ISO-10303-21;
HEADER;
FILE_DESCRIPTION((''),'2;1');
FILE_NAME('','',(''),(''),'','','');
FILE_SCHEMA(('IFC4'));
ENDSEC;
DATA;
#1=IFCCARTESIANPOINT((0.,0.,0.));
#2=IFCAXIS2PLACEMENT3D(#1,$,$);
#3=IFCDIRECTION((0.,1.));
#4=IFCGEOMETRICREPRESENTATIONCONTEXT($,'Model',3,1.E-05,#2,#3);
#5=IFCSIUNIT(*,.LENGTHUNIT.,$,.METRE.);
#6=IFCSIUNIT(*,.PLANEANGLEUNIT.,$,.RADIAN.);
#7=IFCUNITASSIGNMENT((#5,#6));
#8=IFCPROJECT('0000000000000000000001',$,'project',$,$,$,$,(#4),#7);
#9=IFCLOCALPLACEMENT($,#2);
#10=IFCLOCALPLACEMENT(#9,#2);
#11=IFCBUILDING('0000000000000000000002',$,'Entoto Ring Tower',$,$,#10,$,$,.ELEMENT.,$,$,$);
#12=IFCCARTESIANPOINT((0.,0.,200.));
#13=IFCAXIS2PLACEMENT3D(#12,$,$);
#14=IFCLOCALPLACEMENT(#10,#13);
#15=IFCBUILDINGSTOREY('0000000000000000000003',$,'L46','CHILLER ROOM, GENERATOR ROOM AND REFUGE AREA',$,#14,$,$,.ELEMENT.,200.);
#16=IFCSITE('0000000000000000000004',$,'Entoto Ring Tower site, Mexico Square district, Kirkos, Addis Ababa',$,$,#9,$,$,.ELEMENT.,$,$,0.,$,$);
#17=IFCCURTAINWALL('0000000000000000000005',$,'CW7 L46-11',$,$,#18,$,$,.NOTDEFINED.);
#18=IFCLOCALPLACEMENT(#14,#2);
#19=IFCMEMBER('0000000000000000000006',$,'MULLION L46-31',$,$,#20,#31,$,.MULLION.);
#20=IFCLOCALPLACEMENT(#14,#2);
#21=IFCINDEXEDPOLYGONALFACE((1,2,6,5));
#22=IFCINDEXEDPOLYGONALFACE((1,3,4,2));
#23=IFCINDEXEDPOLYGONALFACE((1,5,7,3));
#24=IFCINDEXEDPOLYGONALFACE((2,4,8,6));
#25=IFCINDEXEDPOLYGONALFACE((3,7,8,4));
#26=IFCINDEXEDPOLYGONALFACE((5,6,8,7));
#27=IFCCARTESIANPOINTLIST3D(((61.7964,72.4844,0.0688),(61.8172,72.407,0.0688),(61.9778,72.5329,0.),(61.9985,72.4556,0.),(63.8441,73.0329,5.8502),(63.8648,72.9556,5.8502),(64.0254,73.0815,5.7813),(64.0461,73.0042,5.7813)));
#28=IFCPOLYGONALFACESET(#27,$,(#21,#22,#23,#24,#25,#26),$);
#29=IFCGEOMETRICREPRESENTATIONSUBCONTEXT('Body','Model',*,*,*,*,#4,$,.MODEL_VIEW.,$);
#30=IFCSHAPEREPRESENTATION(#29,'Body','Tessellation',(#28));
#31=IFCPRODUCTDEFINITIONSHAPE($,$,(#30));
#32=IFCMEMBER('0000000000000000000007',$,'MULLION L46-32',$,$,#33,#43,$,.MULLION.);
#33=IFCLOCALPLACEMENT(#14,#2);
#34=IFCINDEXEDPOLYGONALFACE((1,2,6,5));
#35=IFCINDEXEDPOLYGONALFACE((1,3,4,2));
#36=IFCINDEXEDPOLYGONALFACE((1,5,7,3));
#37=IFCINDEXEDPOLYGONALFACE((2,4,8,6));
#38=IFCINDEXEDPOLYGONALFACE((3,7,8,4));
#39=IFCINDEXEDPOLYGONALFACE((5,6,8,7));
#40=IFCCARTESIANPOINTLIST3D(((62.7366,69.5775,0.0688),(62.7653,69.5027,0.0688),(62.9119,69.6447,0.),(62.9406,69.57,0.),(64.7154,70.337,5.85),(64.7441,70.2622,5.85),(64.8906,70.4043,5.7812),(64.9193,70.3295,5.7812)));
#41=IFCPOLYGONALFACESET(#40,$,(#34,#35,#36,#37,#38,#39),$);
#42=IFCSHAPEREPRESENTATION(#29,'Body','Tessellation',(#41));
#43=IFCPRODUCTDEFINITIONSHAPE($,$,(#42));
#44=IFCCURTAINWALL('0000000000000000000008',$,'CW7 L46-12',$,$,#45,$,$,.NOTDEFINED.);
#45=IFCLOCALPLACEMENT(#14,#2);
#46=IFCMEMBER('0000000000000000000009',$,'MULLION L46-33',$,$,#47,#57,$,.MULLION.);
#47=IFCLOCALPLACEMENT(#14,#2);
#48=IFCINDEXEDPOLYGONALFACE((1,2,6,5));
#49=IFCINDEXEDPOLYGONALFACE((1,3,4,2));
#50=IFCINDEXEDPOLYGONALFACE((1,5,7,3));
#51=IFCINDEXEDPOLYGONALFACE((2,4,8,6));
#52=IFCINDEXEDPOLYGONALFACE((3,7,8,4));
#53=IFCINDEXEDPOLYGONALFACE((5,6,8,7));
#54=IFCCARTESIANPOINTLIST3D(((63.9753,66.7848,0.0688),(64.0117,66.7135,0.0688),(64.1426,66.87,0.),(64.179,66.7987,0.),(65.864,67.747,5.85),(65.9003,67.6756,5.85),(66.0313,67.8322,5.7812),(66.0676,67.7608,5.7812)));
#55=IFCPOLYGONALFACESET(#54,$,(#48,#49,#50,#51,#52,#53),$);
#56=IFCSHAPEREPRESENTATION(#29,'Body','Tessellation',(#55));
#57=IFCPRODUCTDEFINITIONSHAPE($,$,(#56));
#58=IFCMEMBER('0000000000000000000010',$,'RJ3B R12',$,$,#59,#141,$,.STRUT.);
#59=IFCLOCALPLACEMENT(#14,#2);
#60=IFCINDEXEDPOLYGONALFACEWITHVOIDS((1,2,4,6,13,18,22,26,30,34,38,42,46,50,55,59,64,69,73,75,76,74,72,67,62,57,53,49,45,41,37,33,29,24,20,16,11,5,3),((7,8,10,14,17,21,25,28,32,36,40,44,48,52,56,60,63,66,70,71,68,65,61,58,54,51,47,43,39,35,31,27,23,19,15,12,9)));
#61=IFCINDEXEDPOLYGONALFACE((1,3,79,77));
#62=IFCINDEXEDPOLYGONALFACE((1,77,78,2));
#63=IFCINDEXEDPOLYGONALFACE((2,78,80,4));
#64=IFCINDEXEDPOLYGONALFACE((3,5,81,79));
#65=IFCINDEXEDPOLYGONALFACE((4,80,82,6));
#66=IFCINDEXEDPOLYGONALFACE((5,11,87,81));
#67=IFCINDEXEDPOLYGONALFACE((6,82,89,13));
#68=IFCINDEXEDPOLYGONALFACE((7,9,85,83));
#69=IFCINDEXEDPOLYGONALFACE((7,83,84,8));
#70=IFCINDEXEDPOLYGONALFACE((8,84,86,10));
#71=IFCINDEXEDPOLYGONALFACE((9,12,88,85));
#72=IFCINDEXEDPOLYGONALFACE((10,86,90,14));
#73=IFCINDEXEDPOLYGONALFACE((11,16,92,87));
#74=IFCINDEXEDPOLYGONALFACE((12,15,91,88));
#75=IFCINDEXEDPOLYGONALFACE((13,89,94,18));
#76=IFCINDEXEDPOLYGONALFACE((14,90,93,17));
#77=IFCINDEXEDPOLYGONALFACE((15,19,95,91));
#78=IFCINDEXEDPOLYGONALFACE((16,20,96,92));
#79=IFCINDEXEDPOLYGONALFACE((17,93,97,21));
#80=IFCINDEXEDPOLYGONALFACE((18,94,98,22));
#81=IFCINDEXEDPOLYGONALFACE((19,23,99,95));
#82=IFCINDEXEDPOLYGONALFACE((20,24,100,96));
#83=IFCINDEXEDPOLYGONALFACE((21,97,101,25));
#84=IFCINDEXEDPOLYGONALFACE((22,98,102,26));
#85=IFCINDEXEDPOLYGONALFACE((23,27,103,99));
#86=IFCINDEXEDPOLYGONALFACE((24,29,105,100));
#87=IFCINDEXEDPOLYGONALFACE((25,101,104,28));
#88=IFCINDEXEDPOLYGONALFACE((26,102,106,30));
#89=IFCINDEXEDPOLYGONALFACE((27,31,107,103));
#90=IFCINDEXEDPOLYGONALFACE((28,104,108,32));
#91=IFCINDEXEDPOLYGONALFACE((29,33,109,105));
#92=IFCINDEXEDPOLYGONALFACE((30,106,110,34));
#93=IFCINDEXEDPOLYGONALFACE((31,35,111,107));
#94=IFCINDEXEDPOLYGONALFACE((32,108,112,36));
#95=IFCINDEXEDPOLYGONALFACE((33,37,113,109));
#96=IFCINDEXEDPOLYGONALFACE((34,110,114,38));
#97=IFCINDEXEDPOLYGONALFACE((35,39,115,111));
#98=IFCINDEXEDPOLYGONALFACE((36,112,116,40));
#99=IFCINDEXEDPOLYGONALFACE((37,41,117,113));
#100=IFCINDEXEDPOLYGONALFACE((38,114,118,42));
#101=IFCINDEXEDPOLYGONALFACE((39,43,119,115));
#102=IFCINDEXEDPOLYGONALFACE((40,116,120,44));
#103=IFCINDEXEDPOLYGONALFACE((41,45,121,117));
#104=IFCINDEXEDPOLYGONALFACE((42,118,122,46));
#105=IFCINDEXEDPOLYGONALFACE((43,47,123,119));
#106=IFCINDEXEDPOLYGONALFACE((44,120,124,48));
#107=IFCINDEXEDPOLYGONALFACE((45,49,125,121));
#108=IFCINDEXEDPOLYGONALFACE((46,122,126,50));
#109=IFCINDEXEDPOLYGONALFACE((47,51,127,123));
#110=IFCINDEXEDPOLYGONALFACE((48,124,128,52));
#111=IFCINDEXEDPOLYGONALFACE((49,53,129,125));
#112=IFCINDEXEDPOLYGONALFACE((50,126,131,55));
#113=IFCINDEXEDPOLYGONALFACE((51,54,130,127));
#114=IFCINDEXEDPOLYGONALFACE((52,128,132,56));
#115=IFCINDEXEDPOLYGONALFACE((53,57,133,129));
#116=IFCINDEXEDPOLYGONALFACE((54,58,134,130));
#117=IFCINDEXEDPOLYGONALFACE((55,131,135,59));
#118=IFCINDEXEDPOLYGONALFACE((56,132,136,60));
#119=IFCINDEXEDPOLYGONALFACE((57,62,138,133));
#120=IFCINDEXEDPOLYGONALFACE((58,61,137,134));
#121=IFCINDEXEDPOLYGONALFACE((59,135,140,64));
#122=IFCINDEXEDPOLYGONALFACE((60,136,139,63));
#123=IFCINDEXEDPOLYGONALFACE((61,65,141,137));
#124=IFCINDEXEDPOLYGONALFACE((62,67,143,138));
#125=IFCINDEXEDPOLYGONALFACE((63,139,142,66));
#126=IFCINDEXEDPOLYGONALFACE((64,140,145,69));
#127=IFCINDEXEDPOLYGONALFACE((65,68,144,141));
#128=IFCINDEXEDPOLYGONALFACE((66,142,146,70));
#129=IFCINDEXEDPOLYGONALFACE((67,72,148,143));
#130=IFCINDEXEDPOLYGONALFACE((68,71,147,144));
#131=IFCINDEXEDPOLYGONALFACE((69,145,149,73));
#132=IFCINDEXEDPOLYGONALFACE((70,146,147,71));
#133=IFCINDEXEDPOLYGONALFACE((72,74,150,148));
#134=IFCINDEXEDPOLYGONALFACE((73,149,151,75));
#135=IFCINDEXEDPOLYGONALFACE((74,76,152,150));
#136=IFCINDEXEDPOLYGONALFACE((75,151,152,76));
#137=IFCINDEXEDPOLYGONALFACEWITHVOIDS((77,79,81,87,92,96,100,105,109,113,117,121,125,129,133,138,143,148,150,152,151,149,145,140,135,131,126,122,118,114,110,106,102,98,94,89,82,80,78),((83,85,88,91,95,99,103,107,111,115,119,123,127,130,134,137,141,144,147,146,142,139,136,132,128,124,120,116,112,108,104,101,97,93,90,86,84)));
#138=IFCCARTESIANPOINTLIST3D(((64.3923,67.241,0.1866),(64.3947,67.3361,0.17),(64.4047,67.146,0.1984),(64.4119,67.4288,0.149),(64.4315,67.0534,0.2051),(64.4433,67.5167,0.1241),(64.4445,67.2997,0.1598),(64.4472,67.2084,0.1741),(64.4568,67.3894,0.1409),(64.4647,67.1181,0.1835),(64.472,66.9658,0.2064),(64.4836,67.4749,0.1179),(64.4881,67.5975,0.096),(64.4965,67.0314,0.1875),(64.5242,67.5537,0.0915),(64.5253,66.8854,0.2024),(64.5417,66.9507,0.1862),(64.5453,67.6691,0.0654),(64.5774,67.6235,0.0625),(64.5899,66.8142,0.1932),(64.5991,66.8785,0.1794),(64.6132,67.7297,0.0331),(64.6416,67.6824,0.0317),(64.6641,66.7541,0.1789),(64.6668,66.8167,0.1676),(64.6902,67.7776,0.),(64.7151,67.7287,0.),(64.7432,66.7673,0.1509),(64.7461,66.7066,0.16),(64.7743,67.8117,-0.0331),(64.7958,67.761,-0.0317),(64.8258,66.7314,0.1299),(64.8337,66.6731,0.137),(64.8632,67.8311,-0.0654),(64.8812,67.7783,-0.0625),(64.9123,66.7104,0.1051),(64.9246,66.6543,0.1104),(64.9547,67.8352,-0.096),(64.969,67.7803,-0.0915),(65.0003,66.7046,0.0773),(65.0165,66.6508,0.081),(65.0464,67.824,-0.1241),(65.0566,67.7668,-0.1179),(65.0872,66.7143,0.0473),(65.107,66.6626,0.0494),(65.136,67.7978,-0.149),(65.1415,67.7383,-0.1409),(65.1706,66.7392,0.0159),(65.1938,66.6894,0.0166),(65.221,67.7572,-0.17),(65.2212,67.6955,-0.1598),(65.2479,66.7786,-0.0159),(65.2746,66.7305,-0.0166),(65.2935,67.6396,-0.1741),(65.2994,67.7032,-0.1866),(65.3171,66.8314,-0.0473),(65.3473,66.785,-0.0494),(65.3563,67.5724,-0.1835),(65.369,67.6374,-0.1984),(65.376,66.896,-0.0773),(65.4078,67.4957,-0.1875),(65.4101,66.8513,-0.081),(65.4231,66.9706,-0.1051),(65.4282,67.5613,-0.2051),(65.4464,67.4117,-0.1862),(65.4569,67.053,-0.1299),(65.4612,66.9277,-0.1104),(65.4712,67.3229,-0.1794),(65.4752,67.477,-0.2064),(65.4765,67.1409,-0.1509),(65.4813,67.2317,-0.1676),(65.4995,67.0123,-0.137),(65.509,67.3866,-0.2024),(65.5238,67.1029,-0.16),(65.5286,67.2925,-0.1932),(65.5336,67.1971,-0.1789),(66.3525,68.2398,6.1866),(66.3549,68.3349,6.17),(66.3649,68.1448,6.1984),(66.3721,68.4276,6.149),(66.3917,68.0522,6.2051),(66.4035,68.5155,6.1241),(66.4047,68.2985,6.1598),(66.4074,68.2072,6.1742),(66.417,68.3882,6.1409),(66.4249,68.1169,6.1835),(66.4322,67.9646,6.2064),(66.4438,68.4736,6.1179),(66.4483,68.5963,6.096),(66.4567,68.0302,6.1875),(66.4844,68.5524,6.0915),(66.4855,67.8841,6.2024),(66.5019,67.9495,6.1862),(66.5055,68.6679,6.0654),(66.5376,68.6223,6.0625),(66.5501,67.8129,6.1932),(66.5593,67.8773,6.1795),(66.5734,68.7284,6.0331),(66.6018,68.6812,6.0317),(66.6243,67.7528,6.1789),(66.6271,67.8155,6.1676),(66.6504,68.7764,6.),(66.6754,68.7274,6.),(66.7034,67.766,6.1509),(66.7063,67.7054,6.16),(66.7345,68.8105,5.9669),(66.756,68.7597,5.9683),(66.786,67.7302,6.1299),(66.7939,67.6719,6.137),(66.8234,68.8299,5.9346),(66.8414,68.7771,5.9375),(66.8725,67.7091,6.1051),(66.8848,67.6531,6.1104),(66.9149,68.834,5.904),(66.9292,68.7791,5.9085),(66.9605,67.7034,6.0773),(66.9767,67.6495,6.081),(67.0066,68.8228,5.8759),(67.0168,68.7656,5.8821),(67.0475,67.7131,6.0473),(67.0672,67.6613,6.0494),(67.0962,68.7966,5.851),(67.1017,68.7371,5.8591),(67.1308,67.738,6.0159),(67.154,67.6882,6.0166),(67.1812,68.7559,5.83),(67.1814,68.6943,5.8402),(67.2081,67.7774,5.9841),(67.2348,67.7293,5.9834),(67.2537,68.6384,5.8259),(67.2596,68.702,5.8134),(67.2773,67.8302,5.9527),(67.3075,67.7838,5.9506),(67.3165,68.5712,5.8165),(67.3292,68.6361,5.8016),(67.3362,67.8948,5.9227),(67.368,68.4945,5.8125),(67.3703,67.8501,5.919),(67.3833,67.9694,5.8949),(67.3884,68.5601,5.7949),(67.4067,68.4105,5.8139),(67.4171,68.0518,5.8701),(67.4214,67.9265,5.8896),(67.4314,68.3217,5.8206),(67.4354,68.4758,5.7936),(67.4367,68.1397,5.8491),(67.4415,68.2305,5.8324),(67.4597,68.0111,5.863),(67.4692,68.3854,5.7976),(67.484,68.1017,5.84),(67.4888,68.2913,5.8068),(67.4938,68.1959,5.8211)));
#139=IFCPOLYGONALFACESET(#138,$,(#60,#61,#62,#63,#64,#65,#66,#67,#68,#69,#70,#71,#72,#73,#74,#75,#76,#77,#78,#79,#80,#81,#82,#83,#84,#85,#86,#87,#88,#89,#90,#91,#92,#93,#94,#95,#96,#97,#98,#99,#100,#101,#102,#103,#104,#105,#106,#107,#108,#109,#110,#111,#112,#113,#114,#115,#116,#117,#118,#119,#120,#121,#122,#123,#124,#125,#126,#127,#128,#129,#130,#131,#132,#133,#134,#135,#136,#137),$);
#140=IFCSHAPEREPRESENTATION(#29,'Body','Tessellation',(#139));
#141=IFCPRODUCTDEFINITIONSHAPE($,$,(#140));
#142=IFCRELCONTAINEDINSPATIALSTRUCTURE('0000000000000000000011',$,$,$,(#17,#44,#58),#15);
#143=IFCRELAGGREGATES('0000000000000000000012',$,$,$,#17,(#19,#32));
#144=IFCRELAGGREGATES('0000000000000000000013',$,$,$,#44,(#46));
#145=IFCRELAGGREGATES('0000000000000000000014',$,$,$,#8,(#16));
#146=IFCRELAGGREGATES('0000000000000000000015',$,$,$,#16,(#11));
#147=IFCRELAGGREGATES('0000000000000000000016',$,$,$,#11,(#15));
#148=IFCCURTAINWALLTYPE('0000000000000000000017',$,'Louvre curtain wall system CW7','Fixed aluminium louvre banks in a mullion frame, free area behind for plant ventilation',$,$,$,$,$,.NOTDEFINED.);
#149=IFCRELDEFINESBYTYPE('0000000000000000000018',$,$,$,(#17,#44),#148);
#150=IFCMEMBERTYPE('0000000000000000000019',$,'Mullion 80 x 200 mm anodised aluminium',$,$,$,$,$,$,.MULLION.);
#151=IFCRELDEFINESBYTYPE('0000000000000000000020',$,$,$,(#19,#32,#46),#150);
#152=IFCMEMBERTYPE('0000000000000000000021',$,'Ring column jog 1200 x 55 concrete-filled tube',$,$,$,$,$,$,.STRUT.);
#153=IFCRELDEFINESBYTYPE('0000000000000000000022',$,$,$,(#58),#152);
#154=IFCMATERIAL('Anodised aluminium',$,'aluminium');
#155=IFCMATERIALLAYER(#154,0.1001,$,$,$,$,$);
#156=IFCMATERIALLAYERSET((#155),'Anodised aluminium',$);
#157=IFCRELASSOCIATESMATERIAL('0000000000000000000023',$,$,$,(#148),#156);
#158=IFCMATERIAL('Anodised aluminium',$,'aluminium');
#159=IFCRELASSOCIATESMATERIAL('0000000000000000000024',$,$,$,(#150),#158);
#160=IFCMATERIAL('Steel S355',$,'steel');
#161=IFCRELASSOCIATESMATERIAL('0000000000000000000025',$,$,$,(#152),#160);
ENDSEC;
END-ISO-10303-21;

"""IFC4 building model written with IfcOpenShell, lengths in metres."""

from ifc_helpers import new_model, si_unit, direction, frame, origin, origin_2d, place, context, subcontext, project, spatial, rectangle, circle, hollow_circle, extrude, material, layer, layer_set, material_profile, profile_set, type_object, element, aggregate, save


model = new_model("IFC4")

# Units and contexts
model_context = context("Model", 3, precision=1e-05, world=origin(), true_north=direction((0.0, 1.0)))
body_context = subcontext(model_context, "Body", "Model", "MODEL_VIEW")
ifc_project = project(units=[si_unit("LENGTHUNIT", "METRE"), si_unit("PLANEANGLEUNIT", "RADIAN")], contexts=[model_context])

# Site, building, storey
site_placement = place(None, origin())
site = spatial("IfcSite", under=ifc_project, at=site_placement, Name="Entoto Ring Tower site, Mexico Square district, Kirkos, Addis Ababa", CompositionType="ELEMENT", RefElevation=0.0)
building_placement = place(site_placement, origin())
building = spatial("IfcBuilding", under=site, at=building_placement, Name="Entoto Ring Tower", CompositionType="ELEMENT")
storey_placement = place(building_placement, frame((0.0, 0.0, 200.0)))
storey = spatial("IfcBuildingStorey", under=building, at=storey_placement, Name="L46", Description="CHILLER ROOM, GENERATOR ROOM AND REFUGE AREA", CompositionType="ELEMENT", Elevation=200.0)

# Curtain wall, members
ifc_material_1 = material(Name="Anodised aluminium", Category="aluminium")
ifc_layer_1 = layer(ifc_material_1, 0.1001)
ifc_layer_set_1 = layer_set([ifc_layer_1], Name="Anodised aluminium")
curtain_wall_type = type_object("IfcCurtainWallType", Name="Louvre curtain wall system CW7", Description="Fixed aluminium louvre banks in a mullion frame, free area behind for plant ventilation", PredefinedType="NOTDEFINED", material=ifc_layer_set_1)
curtain_wall_1_placement = place(storey_placement, origin())
curtain_wall_1 = element("IfcCurtainWall", 1, at=curtain_wall_1_placement, inside=storey, type_object=curtain_wall_type, Name="CW7 L46-11", PredefinedType="NOTDEFINED")
ifc_material_2 = material(Name="Anodised aluminium", Category="aluminium")
ifc_material_profile_1 = material_profile(ifc_material_2, rectangle(XDim=0.0801, YDim=0.2, at=origin_2d()), Name="Mullion 80 x 200 mm anodised aluminium")
ifc_profile_set_1 = profile_set([ifc_material_profile_1], Name="Anodised aluminium")
member_type_1 = type_object("IfcMemberType", Name="Mullion 80 x 200 mm anodised aluminium", PredefinedType="MULLION", material=ifc_profile_set_1)
member_1_placement = place(storey_placement, frame((61.8975, 72.47, 0.0344), z_axis=(0.332531, 0.08909, 0.938875), x_axis=(-0.258788, 0.965934, 0.0)))
member_1 = element("IfcMember", 2, at=member_1_placement, type_object=member_type_1, Name="MULLION L46-31", PredefinedType="MULLION", context=body_context, shape_type="SweptSolid", body=[
    extrude(rectangle(XDim=0.0801, YDim=0.2, at=origin_2d()), origin(), (0.0, 0.0, 1.0), 6.1577),
])
member_2_placement = place(storey_placement, frame((62.8386, 69.5737, 0.0344), z_axis=(0.321356, 0.123348, 0.938891), x_axis=(-0.358346, 0.933589, 0.0)))
member_2 = element("IfcMember", 3, at=member_2_placement, type_object=member_type_1, Name="MULLION L46-32", PredefinedType="MULLION", context=body_context, shape_type="SweptSolid", body=[
    extrude(rectangle(XDim=0.0801, YDim=0.2, at=origin_2d()), origin(), (0.0, 0.0, 1.0), 6.1575),
])
aggregate(curtain_wall_1, [member_1, member_2])

# Curtain wall, member
curtain_wall_2_placement = place(storey_placement, origin())
curtain_wall_2 = element("IfcCurtainWall", 4, at=curtain_wall_2_placement, inside=storey, type_object=curtain_wall_type, Name="CW7 L46-12", PredefinedType="NOTDEFINED")
member_3_placement = place(storey_placement, frame((64.0771, 66.7917, 0.0344), z_axis=(0.306724, 0.156256, 0.938885), x_axis=(-0.453928, 0.891039, 0.0)))
member_3 = element("IfcMember", 5, at=member_3_placement, type_object=member_type_1, Name="MULLION L46-33", PredefinedType="MULLION", context=body_context, shape_type="SweptSolid", body=[
    extrude(rectangle(XDim=0.0801, YDim=0.2, at=origin_2d()), origin(), (0.0, 0.0, 1.0), 6.1575),
])
aggregate(curtain_wall_2, [member_3])

# Member
ifc_material_3 = material(Name="Steel S355", Category="steel")
ifc_material_profile_2 = material_profile(ifc_material_3, hollow_circle(Radius=0.6001, WallThickness=0.0549, at=origin_2d()), Name="CHS 1200 x 55")
ifc_material_4 = material(Name="Concrete C60/75", Category="concrete")
ifc_material_profile_3 = material_profile(ifc_material_4, circle(Radius=0.5449, at=origin_2d()), Name="Concrete C60/75 infill")
ifc_profile_set_2 = profile_set([ifc_material_profile_2, ifc_material_profile_3], Name="Steel S355")
member_type_2 = type_object("IfcMemberType", Name="Ring column jog 1200 x 55 concrete-filled tube", PredefinedType="STRUT", material=ifc_profile_set_2)
member_4_placement = place(storey_placement, frame((64.9626, 67.2429, 0.0), z_axis=(0.306732, 0.156288, 0.938877), x_axis=(-0.453992, 0.891006, 0.0)))
element("IfcMember", 6, at=member_4_placement, inside=storey, type_object=member_type_2, Name="RJ3B R12", PredefinedType="STRUT", context=body_context, shape_type="SweptSolid", body=[
    extrude(hollow_circle(Radius=0.6001, WallThickness=0.0549, at=origin_2d()), origin(), (0.0, 0.0, 1.0), 6.3906),
])

save(model, "model.ifc")
